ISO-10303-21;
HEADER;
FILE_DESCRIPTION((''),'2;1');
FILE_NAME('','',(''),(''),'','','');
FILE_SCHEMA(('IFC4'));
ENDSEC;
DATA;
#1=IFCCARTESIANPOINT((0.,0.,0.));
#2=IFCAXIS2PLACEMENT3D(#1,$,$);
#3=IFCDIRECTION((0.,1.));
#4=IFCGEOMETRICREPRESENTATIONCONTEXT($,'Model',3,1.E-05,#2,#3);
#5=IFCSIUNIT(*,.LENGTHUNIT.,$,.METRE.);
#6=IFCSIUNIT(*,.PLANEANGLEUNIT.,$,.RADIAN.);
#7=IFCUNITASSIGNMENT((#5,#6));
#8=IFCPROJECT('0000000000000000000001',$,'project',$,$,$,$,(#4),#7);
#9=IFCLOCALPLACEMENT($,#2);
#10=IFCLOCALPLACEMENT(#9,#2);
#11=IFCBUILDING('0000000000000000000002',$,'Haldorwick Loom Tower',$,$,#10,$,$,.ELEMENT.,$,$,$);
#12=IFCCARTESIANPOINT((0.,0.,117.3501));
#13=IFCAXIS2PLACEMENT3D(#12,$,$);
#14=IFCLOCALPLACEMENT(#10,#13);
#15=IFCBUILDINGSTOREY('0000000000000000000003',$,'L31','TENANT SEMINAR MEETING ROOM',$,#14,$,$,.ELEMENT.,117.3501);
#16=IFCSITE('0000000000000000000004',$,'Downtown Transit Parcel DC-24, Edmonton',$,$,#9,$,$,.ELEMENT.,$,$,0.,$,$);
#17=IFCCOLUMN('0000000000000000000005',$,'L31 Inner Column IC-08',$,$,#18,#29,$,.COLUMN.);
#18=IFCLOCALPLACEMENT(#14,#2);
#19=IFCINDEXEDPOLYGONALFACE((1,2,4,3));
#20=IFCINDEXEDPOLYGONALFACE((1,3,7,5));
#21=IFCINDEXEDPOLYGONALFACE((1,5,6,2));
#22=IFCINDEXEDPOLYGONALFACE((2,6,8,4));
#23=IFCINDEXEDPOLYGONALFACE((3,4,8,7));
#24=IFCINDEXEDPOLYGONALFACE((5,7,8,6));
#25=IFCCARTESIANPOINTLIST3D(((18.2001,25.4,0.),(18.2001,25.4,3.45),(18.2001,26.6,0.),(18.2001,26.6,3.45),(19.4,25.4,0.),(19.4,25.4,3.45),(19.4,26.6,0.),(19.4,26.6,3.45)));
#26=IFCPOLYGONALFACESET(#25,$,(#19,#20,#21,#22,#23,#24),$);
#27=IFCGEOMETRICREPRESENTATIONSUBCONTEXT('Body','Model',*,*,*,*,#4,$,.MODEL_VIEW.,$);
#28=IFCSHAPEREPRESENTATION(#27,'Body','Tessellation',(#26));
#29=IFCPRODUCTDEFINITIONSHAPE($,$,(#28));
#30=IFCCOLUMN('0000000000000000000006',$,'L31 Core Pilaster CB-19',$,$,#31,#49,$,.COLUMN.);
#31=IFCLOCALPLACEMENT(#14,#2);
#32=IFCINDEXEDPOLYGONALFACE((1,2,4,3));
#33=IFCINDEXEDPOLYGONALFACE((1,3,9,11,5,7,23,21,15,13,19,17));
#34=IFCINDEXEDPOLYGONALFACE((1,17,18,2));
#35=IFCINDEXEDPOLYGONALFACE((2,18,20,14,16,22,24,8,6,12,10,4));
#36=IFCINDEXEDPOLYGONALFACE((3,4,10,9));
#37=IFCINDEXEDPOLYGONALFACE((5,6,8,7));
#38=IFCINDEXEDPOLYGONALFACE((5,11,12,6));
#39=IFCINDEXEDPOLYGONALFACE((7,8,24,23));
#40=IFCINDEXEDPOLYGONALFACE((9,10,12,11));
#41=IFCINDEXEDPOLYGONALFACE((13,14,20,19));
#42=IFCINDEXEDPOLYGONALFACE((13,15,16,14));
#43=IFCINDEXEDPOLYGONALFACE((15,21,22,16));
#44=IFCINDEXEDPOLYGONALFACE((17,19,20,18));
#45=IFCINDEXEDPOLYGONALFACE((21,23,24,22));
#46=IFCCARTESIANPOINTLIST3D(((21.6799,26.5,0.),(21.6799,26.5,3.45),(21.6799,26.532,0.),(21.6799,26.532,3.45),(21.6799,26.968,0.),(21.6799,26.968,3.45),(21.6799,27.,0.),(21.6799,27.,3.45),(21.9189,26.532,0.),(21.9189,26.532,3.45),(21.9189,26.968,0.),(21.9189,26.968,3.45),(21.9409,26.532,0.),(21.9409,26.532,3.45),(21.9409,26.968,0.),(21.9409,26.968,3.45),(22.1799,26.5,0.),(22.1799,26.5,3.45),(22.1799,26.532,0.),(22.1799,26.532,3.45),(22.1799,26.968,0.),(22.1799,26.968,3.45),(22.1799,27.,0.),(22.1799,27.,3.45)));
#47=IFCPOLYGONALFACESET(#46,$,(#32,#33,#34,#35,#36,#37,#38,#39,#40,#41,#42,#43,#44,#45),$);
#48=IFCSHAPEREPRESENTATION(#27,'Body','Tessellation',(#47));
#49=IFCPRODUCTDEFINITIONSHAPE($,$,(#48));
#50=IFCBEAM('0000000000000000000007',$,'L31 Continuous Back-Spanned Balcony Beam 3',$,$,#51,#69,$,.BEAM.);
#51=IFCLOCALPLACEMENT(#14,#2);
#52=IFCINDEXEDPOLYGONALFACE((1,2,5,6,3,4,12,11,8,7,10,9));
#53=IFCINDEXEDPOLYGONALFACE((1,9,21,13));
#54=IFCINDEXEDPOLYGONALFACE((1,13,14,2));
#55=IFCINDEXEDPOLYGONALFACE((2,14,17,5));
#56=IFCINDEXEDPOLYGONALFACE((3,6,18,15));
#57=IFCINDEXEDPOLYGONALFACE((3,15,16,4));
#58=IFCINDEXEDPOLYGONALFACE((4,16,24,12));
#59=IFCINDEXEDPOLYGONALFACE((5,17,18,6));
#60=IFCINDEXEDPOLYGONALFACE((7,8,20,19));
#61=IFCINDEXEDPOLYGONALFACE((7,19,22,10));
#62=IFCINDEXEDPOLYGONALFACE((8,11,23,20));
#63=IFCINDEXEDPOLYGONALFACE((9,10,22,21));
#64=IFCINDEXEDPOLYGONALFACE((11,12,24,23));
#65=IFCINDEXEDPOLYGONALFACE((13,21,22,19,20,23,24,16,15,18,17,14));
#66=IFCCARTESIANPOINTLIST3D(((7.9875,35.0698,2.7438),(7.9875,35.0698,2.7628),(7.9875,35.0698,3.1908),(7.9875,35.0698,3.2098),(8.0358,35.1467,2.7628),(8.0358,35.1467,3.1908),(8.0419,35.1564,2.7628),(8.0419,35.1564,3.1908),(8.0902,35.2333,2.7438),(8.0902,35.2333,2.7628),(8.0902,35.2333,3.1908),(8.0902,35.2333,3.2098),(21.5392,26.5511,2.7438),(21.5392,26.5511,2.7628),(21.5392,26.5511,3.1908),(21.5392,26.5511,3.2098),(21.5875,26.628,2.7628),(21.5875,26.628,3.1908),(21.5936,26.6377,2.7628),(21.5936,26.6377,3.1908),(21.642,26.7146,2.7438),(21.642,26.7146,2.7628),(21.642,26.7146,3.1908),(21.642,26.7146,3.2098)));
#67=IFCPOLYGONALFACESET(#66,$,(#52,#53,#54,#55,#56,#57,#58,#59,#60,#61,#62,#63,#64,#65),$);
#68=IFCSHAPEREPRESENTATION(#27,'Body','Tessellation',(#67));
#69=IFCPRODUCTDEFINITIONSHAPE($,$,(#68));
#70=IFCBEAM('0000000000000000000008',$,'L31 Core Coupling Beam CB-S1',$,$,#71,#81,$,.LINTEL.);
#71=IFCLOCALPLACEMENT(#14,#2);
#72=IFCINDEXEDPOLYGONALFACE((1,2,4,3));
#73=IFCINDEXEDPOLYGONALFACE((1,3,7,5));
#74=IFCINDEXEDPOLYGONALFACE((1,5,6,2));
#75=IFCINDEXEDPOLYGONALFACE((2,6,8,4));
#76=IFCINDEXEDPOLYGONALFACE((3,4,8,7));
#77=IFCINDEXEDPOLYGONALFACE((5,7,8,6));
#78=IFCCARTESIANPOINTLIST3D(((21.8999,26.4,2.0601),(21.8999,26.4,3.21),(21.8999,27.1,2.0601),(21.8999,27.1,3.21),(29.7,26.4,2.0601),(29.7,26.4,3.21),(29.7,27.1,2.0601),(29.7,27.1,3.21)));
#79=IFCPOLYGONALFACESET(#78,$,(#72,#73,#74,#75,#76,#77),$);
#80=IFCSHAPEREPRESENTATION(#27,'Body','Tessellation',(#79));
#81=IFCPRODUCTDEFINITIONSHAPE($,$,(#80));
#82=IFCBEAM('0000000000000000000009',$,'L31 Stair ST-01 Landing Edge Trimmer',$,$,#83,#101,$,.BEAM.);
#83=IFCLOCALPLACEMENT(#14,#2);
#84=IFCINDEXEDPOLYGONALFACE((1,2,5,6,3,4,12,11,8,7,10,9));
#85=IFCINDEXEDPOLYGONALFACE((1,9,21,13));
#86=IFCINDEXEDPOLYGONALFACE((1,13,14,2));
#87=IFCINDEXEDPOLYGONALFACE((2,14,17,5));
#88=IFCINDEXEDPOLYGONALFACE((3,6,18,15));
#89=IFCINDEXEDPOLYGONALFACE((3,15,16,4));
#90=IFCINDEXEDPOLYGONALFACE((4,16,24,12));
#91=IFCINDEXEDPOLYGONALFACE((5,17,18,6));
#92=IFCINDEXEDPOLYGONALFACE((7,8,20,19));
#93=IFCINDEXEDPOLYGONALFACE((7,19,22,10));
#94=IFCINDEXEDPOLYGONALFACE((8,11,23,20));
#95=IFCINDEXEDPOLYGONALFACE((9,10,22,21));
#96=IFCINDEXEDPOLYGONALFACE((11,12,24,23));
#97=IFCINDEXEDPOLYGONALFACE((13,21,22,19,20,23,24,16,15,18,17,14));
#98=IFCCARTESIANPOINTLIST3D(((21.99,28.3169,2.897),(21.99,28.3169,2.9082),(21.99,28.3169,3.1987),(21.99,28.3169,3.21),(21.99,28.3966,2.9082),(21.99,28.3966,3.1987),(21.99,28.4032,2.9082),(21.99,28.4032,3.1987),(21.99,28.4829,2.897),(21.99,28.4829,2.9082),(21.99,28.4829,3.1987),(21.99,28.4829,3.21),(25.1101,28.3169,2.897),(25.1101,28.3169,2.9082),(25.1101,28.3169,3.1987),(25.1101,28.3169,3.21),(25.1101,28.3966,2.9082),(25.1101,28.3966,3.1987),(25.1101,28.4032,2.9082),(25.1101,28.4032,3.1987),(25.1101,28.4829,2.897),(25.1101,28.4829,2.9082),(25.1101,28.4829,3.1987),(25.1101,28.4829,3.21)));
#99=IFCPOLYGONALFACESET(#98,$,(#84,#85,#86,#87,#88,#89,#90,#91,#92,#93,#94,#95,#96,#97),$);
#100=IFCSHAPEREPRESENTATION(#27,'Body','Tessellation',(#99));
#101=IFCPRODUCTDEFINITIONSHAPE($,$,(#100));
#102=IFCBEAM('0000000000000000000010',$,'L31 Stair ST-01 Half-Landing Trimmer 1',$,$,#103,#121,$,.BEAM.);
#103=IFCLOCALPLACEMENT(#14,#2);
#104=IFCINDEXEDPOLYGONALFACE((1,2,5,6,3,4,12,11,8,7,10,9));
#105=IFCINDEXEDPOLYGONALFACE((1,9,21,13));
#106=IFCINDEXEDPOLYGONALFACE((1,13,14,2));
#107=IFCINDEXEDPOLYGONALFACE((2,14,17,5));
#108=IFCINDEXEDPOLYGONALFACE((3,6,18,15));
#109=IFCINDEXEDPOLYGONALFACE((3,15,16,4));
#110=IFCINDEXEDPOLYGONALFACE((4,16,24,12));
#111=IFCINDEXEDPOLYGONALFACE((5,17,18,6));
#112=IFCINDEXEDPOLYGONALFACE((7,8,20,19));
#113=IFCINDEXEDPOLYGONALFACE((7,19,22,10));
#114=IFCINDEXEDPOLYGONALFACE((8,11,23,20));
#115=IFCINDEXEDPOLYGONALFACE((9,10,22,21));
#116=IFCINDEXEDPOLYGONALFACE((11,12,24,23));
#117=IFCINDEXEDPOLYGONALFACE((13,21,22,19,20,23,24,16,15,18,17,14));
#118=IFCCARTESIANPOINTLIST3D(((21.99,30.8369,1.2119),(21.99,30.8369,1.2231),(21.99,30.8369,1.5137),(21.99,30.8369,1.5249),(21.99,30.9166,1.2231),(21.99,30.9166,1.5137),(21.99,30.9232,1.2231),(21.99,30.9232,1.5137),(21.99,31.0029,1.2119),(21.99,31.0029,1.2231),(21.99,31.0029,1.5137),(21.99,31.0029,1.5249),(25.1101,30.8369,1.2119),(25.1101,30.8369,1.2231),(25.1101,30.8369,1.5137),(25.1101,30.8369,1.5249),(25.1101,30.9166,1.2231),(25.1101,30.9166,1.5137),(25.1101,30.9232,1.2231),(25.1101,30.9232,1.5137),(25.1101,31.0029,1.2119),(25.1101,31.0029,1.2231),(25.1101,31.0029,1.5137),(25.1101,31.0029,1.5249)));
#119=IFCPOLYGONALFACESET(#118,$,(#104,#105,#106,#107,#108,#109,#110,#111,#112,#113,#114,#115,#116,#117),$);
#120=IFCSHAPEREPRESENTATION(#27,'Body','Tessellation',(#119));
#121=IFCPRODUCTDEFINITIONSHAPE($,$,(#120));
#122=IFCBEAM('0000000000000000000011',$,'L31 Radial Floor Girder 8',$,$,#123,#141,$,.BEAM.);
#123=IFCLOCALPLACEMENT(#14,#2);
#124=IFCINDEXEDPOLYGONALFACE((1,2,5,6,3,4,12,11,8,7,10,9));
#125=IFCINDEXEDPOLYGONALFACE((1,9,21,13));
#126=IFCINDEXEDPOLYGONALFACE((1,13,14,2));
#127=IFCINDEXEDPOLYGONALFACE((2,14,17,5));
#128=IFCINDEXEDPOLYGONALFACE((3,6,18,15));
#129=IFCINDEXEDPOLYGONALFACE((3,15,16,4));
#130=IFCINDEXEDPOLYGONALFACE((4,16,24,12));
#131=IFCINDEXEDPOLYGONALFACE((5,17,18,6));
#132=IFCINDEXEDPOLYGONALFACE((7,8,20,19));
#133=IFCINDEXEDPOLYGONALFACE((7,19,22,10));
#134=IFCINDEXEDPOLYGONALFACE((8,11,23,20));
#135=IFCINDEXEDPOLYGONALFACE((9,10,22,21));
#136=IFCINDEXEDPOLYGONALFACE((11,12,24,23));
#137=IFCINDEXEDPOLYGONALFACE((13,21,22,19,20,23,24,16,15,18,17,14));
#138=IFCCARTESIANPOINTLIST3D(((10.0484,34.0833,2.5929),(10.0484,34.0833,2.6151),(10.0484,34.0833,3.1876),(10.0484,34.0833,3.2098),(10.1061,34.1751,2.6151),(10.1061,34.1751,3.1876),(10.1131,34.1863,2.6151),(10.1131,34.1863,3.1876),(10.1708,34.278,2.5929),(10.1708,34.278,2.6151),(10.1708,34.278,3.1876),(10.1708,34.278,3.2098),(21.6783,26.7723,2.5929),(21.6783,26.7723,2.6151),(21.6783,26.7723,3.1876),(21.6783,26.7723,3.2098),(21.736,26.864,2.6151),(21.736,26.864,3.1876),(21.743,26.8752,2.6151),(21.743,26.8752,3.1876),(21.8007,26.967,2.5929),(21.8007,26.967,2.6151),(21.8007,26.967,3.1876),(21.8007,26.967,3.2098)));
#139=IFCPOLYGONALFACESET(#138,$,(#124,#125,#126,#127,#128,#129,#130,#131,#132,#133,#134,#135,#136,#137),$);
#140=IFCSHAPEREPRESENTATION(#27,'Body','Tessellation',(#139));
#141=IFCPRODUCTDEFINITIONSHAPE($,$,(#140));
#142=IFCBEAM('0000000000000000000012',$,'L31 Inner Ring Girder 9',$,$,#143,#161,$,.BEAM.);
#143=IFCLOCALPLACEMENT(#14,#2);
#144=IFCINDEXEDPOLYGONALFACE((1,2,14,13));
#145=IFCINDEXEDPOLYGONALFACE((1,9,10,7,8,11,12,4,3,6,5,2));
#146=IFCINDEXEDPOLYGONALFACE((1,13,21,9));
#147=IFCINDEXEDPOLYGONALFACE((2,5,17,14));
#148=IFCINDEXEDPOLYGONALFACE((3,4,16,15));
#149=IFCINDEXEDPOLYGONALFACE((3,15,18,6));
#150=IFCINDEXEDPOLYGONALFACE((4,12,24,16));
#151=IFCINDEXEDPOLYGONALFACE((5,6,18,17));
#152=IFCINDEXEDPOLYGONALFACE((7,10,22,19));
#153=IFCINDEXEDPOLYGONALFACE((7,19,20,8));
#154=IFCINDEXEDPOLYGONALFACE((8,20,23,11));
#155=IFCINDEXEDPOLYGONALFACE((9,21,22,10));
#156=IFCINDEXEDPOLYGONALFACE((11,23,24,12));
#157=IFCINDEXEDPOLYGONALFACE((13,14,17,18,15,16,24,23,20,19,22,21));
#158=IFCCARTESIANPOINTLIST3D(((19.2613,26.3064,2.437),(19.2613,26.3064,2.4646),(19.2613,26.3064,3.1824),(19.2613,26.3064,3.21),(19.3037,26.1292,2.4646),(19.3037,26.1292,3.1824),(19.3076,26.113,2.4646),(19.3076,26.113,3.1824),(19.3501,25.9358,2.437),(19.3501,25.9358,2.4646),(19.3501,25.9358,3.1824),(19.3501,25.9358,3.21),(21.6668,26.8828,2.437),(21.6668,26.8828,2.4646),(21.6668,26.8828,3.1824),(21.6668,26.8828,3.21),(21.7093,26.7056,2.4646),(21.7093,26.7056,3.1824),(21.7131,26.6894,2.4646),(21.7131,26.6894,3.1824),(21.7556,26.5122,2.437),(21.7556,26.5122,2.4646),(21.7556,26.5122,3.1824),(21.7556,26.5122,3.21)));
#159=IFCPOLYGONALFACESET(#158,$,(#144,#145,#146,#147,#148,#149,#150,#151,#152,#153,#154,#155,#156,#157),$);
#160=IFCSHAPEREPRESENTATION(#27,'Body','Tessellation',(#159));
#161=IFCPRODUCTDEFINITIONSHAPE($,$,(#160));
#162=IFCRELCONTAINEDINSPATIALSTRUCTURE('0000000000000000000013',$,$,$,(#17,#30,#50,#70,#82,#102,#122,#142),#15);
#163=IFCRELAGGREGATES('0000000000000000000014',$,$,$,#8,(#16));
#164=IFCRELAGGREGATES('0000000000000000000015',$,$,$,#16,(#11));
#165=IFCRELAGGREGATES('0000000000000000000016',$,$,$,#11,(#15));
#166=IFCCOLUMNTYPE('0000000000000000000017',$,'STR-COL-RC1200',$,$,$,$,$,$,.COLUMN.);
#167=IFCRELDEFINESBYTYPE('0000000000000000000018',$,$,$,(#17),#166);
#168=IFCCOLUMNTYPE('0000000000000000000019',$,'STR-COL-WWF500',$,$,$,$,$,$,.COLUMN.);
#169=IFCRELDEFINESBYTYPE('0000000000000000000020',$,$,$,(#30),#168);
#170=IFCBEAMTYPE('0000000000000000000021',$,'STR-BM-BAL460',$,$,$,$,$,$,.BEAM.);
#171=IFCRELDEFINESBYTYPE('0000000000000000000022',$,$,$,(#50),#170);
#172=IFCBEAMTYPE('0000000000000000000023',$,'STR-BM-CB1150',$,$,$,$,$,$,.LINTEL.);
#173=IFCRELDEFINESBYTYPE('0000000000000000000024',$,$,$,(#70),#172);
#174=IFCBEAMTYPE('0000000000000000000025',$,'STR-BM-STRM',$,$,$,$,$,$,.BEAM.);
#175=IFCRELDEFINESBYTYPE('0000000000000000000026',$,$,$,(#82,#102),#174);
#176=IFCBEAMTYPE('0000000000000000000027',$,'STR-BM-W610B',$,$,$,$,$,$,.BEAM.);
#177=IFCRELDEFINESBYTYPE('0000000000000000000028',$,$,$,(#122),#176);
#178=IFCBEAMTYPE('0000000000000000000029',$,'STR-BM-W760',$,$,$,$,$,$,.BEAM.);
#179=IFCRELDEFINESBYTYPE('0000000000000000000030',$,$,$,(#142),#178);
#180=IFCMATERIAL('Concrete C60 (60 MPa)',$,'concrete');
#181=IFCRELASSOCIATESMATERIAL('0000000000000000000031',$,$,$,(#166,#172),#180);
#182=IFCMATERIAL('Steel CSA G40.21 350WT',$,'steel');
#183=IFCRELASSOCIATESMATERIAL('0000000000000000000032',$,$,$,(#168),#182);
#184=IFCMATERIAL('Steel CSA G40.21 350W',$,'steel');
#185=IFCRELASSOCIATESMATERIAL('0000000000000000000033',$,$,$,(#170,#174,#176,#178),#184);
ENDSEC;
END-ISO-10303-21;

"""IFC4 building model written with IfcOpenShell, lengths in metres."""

from ifc_helpers import new_model, si_unit, direction, frame, origin, origin_2d, place, context, subcontext, project, spatial, rectangle, i_section, extrude, material, material_profile, profile_set, type_object, element, save


model = new_model("IFC4")

# Units and contexts
model_context = context("Model", 3, precision=1e-05, world=origin(), true_north=direction((0.0, 1.0)))
body_context = subcontext(model_context, "Body", "Model", "MODEL_VIEW")
ifc_project = project(units=[si_unit("LENGTHUNIT", "METRE"), si_unit("PLANEANGLEUNIT", "RADIAN")], contexts=[model_context])

# Site, building, storey
site_placement = place(None, origin())
site = spatial("IfcSite", under=ifc_project, at=site_placement, Name="Downtown Transit Parcel DC-24, Edmonton", CompositionType="ELEMENT", RefElevation=0.0)
building_placement = place(site_placement, origin())
building = spatial("IfcBuilding", under=site, at=building_placement, Name="Haldorwick Loom Tower", CompositionType="ELEMENT")
storey_placement = place(building_placement, frame((0.0, 0.0, 117.3501)))
storey = spatial("IfcBuildingStorey", under=building, at=storey_placement, Name="L31", Description="TENANT SEMINAR MEETING ROOM", CompositionType="ELEMENT", Elevation=117.3501)

# Columns
ifc_material_1 = material(Name="Concrete C60 (60 MPa)", Category="concrete")
ifc_material_profile_1 = material_profile(ifc_material_1, rectangle(XDim=1.2, YDim=1.2, at=origin_2d()), Name="RC1200X1200", Category="concrete")
ifc_profile_set_1 = profile_set([ifc_material_profile_1], Name="Concrete C60 (60 MPa)")
column_type_1 = type_object("IfcColumnType", Name="STR-COL-RC1200", PredefinedType="COLUMN", material=ifc_profile_set_1)
column_1_placement = place(storey_placement, frame((18.8, 26.0, 0.0), z_axis=(0.0, 0.0, 1.0), x_axis=(1.0, 0.0, 0.0)))
element("IfcColumn", 1, at=column_1_placement, inside=storey, type_object=column_type_1, Name="L31 Inner Column IC-08", PredefinedType="COLUMN", context=body_context, shape_type="SweptSolid", body=[
    extrude(rectangle(XDim=1.2, YDim=1.2, at=origin_2d()), origin(), (0.0, 0.0, 1.0), 3.45),
])
ifc_material_2 = material(Name="Steel CSA G40.21 350WT", Category="steel")
ifc_material_profile_2 = material_profile(ifc_material_2, i_section(OverallWidth=0.5, OverallDepth=0.5, WebThickness=0.022, FlangeThickness=0.032, at=origin_2d()), Name="WWF500X500", Category="steel")
ifc_profile_set_2 = profile_set([ifc_material_profile_2], Name="Steel CSA G40.21 350WT")
column_type_2 = type_object("IfcColumnType", Name="STR-COL-WWF500", PredefinedType="COLUMN", material=ifc_profile_set_2)
column_2_placement = place(storey_placement, frame((21.9299, 26.75, 0.0), z_axis=(0.0, 0.0, 1.0), x_axis=(1.0, 0.0, 0.0)))
element("IfcColumn", 2, at=column_2_placement, inside=storey, type_object=column_type_2, Name="L31 Core Pilaster CB-19", PredefinedType="COLUMN", context=body_context, shape_type="SweptSolid", body=[
    extrude(i_section(OverallWidth=0.5, OverallDepth=0.5, WebThickness=0.022, FlangeThickness=0.032, at=origin_2d()), origin(), (0.0, 0.0, 1.0), 3.45),
])

# Beams
ifc_material_3 = material(Name="Steel CSA G40.21 350W", Category="steel")
ifc_material_profile_3 = material_profile(ifc_material_3, i_section(OverallWidth=0.1931, OverallDepth=0.4661, WebThickness=0.0115, FlangeThickness=0.019, at=origin_2d()), Name="W460X97", Category="steel")
ifc_profile_set_3 = profile_set([ifc_material_profile_3], Name="Steel CSA G40.21 350W")
beam_type_1 = type_object("IfcBeamType", Name="STR-BM-BAL460", PredefinedType="BEAM", material=ifc_profile_set_3)
beam_1_placement = place(storey_placement, frame((21.5906, 26.6328, 2.9768), z_axis=(-0.846621, 0.532196, 0.0), x_axis=(-0.532196, -0.846621, 0.0)))
element("IfcBeam", 3, at=beam_1_placement, inside=storey, type_object=beam_type_1, Name="L31 Continuous Back-Spanned Balcony Beam 3", PredefinedType="BEAM", context=body_context, shape_type="SweptSolid", body=[
    extrude(i_section(OverallWidth=0.1931, OverallDepth=0.4661, WebThickness=0.0115, FlangeThickness=0.019, at=origin_2d()), origin(), (0.0, 0.0, 1.0), 16.0068),
])
ifc_material_profile_4 = material_profile(ifc_material_1, rectangle(XDim=0.7, YDim=1.1499, at=origin_2d()), Name="RC700X1150", Category="concrete")
ifc_profile_set_4 = profile_set([ifc_material_profile_4], Name="Concrete C60 (60 MPa)")
beam_type_2 = type_object("IfcBeamType", Name="STR-BM-CB1150", PredefinedType="LINTEL", material=ifc_profile_set_4)
beam_2_placement = place(storey_placement, frame((21.8999, 26.75, 2.635), z_axis=(1.0, 0.0, 0.0), x_axis=(0.0, 1.0, 0.0)))
element("IfcBeam", 4, at=beam_2_placement, inside=storey, type_object=beam_type_2, Name="L31 Core Coupling Beam CB-S1", PredefinedType="LINTEL", context=body_context, shape_type="SweptSolid", body=[
    extrude(rectangle(XDim=0.7, YDim=1.1499, at=origin_2d()), origin(), (0.0, 0.0, 1.0), 7.8),
])
ifc_material_profile_5 = material_profile(ifc_material_3, i_section(OverallWidth=0.166, OverallDepth=0.313, WebThickness=0.0066, FlangeThickness=0.0112, at=origin_2d()), Name="W310X45", Category="steel")
ifc_profile_set_5 = profile_set([ifc_material_profile_5], Name="Steel CSA G40.21 350W")
beam_type_3 = type_object("IfcBeamType", Name="STR-BM-STRM", PredefinedType="BEAM", material=ifc_profile_set_5)
for number, where, z_axis, x_axis, name in (
    (5, (21.99, 28.3999, 3.0535), (1.0, 0.0, 0.0), (0.0, 1.0, 0.0), "L31 Stair ST-01 Landing Edge Trimmer"),
    (6, (21.99, 30.9199, 1.3684), (1.0, 0.0, 0.0), (0.0, 1.0, 0.0), "L31 Stair ST-01 Half-Landing Trimmer 1"),
):
    element("IfcBeam", number, at=place(storey_placement, frame(where, z_axis=z_axis, x_axis=x_axis)), inside=storey, type_object=beam_type_3, Name=name, PredefinedType="BEAM", context=body_context, shape_type="SweptSolid", body=[
        extrude(i_section(OverallWidth=0.166, OverallDepth=0.313, WebThickness=0.0066, FlangeThickness=0.0112, at=origin_2d()), origin(), (0.0, 0.0, 1.0), 3.1201),
    ])
ifc_material_profile_6 = material_profile(ifc_material_3, i_section(OverallWidth=0.23, OverallDepth=0.6169, WebThickness=0.0132, FlangeThickness=0.0222, at=origin_2d()), Name="W610X140", Category="steel")
ifc_profile_set_6 = profile_set([ifc_material_profile_6], Name="Steel CSA G40.21 350W")
beam_type_4 = type_object("IfcBeamType", Name="STR-BM-W610B", PredefinedType="BEAM", material=ifc_profile_set_6)
beam_3_placement = place(storey_placement, frame((21.7395, 26.8696, 2.9014), z_axis=(-0.84661, 0.532214, 0.0), x_axis=(-0.532214, -0.84661, 0.0)))
element("IfcBeam", 7, at=beam_3_placement, inside=storey, type_object=beam_type_4, Name="L31 Radial Floor Girder 8", PredefinedType="BEAM", context=body_context, shape_type="SweptSolid", body=[
    extrude(i_section(OverallWidth=0.23, OverallDepth=0.6169, WebThickness=0.0132, FlangeThickness=0.0222, at=origin_2d()), origin(), (0.0, 0.0, 1.0), 13.7371),
])
ifc_material_profile_7 = material_profile(ifc_material_3, i_section(OverallWidth=0.3811, OverallDepth=0.7729, WebThickness=0.0166, FlangeThickness=0.0276, at=origin_2d()), Name="W760X257", Category="steel")
ifc_profile_set_7 = profile_set([ifc_material_profile_7], Name="Steel CSA G40.21 350W")
beam_type_5 = type_object("IfcBeamType", Name="STR-BM-W760", PredefinedType="BEAM", material=ifc_profile_set_7)
beam_4_placement = place(storey_placement, frame((19.3057, 26.1211, 2.8235), z_axis=(0.972471, 0.233026, 0.0), x_axis=(-0.233026, 0.972471, 0.0)))
element("IfcBeam", 8, at=beam_4_placement, inside=storey, type_object=beam_type_5, Name="L31 Inner Ring Girder 9", PredefinedType="BEAM", context=body_context, shape_type="SweptSolid", body=[
    extrude(i_section(OverallWidth=0.3811, OverallDepth=0.7729, WebThickness=0.0166, FlangeThickness=0.0276, at=origin_2d()), origin(), (0.0, 0.0, 1.0), 2.4736),
])

save(model, "model.ifc")
